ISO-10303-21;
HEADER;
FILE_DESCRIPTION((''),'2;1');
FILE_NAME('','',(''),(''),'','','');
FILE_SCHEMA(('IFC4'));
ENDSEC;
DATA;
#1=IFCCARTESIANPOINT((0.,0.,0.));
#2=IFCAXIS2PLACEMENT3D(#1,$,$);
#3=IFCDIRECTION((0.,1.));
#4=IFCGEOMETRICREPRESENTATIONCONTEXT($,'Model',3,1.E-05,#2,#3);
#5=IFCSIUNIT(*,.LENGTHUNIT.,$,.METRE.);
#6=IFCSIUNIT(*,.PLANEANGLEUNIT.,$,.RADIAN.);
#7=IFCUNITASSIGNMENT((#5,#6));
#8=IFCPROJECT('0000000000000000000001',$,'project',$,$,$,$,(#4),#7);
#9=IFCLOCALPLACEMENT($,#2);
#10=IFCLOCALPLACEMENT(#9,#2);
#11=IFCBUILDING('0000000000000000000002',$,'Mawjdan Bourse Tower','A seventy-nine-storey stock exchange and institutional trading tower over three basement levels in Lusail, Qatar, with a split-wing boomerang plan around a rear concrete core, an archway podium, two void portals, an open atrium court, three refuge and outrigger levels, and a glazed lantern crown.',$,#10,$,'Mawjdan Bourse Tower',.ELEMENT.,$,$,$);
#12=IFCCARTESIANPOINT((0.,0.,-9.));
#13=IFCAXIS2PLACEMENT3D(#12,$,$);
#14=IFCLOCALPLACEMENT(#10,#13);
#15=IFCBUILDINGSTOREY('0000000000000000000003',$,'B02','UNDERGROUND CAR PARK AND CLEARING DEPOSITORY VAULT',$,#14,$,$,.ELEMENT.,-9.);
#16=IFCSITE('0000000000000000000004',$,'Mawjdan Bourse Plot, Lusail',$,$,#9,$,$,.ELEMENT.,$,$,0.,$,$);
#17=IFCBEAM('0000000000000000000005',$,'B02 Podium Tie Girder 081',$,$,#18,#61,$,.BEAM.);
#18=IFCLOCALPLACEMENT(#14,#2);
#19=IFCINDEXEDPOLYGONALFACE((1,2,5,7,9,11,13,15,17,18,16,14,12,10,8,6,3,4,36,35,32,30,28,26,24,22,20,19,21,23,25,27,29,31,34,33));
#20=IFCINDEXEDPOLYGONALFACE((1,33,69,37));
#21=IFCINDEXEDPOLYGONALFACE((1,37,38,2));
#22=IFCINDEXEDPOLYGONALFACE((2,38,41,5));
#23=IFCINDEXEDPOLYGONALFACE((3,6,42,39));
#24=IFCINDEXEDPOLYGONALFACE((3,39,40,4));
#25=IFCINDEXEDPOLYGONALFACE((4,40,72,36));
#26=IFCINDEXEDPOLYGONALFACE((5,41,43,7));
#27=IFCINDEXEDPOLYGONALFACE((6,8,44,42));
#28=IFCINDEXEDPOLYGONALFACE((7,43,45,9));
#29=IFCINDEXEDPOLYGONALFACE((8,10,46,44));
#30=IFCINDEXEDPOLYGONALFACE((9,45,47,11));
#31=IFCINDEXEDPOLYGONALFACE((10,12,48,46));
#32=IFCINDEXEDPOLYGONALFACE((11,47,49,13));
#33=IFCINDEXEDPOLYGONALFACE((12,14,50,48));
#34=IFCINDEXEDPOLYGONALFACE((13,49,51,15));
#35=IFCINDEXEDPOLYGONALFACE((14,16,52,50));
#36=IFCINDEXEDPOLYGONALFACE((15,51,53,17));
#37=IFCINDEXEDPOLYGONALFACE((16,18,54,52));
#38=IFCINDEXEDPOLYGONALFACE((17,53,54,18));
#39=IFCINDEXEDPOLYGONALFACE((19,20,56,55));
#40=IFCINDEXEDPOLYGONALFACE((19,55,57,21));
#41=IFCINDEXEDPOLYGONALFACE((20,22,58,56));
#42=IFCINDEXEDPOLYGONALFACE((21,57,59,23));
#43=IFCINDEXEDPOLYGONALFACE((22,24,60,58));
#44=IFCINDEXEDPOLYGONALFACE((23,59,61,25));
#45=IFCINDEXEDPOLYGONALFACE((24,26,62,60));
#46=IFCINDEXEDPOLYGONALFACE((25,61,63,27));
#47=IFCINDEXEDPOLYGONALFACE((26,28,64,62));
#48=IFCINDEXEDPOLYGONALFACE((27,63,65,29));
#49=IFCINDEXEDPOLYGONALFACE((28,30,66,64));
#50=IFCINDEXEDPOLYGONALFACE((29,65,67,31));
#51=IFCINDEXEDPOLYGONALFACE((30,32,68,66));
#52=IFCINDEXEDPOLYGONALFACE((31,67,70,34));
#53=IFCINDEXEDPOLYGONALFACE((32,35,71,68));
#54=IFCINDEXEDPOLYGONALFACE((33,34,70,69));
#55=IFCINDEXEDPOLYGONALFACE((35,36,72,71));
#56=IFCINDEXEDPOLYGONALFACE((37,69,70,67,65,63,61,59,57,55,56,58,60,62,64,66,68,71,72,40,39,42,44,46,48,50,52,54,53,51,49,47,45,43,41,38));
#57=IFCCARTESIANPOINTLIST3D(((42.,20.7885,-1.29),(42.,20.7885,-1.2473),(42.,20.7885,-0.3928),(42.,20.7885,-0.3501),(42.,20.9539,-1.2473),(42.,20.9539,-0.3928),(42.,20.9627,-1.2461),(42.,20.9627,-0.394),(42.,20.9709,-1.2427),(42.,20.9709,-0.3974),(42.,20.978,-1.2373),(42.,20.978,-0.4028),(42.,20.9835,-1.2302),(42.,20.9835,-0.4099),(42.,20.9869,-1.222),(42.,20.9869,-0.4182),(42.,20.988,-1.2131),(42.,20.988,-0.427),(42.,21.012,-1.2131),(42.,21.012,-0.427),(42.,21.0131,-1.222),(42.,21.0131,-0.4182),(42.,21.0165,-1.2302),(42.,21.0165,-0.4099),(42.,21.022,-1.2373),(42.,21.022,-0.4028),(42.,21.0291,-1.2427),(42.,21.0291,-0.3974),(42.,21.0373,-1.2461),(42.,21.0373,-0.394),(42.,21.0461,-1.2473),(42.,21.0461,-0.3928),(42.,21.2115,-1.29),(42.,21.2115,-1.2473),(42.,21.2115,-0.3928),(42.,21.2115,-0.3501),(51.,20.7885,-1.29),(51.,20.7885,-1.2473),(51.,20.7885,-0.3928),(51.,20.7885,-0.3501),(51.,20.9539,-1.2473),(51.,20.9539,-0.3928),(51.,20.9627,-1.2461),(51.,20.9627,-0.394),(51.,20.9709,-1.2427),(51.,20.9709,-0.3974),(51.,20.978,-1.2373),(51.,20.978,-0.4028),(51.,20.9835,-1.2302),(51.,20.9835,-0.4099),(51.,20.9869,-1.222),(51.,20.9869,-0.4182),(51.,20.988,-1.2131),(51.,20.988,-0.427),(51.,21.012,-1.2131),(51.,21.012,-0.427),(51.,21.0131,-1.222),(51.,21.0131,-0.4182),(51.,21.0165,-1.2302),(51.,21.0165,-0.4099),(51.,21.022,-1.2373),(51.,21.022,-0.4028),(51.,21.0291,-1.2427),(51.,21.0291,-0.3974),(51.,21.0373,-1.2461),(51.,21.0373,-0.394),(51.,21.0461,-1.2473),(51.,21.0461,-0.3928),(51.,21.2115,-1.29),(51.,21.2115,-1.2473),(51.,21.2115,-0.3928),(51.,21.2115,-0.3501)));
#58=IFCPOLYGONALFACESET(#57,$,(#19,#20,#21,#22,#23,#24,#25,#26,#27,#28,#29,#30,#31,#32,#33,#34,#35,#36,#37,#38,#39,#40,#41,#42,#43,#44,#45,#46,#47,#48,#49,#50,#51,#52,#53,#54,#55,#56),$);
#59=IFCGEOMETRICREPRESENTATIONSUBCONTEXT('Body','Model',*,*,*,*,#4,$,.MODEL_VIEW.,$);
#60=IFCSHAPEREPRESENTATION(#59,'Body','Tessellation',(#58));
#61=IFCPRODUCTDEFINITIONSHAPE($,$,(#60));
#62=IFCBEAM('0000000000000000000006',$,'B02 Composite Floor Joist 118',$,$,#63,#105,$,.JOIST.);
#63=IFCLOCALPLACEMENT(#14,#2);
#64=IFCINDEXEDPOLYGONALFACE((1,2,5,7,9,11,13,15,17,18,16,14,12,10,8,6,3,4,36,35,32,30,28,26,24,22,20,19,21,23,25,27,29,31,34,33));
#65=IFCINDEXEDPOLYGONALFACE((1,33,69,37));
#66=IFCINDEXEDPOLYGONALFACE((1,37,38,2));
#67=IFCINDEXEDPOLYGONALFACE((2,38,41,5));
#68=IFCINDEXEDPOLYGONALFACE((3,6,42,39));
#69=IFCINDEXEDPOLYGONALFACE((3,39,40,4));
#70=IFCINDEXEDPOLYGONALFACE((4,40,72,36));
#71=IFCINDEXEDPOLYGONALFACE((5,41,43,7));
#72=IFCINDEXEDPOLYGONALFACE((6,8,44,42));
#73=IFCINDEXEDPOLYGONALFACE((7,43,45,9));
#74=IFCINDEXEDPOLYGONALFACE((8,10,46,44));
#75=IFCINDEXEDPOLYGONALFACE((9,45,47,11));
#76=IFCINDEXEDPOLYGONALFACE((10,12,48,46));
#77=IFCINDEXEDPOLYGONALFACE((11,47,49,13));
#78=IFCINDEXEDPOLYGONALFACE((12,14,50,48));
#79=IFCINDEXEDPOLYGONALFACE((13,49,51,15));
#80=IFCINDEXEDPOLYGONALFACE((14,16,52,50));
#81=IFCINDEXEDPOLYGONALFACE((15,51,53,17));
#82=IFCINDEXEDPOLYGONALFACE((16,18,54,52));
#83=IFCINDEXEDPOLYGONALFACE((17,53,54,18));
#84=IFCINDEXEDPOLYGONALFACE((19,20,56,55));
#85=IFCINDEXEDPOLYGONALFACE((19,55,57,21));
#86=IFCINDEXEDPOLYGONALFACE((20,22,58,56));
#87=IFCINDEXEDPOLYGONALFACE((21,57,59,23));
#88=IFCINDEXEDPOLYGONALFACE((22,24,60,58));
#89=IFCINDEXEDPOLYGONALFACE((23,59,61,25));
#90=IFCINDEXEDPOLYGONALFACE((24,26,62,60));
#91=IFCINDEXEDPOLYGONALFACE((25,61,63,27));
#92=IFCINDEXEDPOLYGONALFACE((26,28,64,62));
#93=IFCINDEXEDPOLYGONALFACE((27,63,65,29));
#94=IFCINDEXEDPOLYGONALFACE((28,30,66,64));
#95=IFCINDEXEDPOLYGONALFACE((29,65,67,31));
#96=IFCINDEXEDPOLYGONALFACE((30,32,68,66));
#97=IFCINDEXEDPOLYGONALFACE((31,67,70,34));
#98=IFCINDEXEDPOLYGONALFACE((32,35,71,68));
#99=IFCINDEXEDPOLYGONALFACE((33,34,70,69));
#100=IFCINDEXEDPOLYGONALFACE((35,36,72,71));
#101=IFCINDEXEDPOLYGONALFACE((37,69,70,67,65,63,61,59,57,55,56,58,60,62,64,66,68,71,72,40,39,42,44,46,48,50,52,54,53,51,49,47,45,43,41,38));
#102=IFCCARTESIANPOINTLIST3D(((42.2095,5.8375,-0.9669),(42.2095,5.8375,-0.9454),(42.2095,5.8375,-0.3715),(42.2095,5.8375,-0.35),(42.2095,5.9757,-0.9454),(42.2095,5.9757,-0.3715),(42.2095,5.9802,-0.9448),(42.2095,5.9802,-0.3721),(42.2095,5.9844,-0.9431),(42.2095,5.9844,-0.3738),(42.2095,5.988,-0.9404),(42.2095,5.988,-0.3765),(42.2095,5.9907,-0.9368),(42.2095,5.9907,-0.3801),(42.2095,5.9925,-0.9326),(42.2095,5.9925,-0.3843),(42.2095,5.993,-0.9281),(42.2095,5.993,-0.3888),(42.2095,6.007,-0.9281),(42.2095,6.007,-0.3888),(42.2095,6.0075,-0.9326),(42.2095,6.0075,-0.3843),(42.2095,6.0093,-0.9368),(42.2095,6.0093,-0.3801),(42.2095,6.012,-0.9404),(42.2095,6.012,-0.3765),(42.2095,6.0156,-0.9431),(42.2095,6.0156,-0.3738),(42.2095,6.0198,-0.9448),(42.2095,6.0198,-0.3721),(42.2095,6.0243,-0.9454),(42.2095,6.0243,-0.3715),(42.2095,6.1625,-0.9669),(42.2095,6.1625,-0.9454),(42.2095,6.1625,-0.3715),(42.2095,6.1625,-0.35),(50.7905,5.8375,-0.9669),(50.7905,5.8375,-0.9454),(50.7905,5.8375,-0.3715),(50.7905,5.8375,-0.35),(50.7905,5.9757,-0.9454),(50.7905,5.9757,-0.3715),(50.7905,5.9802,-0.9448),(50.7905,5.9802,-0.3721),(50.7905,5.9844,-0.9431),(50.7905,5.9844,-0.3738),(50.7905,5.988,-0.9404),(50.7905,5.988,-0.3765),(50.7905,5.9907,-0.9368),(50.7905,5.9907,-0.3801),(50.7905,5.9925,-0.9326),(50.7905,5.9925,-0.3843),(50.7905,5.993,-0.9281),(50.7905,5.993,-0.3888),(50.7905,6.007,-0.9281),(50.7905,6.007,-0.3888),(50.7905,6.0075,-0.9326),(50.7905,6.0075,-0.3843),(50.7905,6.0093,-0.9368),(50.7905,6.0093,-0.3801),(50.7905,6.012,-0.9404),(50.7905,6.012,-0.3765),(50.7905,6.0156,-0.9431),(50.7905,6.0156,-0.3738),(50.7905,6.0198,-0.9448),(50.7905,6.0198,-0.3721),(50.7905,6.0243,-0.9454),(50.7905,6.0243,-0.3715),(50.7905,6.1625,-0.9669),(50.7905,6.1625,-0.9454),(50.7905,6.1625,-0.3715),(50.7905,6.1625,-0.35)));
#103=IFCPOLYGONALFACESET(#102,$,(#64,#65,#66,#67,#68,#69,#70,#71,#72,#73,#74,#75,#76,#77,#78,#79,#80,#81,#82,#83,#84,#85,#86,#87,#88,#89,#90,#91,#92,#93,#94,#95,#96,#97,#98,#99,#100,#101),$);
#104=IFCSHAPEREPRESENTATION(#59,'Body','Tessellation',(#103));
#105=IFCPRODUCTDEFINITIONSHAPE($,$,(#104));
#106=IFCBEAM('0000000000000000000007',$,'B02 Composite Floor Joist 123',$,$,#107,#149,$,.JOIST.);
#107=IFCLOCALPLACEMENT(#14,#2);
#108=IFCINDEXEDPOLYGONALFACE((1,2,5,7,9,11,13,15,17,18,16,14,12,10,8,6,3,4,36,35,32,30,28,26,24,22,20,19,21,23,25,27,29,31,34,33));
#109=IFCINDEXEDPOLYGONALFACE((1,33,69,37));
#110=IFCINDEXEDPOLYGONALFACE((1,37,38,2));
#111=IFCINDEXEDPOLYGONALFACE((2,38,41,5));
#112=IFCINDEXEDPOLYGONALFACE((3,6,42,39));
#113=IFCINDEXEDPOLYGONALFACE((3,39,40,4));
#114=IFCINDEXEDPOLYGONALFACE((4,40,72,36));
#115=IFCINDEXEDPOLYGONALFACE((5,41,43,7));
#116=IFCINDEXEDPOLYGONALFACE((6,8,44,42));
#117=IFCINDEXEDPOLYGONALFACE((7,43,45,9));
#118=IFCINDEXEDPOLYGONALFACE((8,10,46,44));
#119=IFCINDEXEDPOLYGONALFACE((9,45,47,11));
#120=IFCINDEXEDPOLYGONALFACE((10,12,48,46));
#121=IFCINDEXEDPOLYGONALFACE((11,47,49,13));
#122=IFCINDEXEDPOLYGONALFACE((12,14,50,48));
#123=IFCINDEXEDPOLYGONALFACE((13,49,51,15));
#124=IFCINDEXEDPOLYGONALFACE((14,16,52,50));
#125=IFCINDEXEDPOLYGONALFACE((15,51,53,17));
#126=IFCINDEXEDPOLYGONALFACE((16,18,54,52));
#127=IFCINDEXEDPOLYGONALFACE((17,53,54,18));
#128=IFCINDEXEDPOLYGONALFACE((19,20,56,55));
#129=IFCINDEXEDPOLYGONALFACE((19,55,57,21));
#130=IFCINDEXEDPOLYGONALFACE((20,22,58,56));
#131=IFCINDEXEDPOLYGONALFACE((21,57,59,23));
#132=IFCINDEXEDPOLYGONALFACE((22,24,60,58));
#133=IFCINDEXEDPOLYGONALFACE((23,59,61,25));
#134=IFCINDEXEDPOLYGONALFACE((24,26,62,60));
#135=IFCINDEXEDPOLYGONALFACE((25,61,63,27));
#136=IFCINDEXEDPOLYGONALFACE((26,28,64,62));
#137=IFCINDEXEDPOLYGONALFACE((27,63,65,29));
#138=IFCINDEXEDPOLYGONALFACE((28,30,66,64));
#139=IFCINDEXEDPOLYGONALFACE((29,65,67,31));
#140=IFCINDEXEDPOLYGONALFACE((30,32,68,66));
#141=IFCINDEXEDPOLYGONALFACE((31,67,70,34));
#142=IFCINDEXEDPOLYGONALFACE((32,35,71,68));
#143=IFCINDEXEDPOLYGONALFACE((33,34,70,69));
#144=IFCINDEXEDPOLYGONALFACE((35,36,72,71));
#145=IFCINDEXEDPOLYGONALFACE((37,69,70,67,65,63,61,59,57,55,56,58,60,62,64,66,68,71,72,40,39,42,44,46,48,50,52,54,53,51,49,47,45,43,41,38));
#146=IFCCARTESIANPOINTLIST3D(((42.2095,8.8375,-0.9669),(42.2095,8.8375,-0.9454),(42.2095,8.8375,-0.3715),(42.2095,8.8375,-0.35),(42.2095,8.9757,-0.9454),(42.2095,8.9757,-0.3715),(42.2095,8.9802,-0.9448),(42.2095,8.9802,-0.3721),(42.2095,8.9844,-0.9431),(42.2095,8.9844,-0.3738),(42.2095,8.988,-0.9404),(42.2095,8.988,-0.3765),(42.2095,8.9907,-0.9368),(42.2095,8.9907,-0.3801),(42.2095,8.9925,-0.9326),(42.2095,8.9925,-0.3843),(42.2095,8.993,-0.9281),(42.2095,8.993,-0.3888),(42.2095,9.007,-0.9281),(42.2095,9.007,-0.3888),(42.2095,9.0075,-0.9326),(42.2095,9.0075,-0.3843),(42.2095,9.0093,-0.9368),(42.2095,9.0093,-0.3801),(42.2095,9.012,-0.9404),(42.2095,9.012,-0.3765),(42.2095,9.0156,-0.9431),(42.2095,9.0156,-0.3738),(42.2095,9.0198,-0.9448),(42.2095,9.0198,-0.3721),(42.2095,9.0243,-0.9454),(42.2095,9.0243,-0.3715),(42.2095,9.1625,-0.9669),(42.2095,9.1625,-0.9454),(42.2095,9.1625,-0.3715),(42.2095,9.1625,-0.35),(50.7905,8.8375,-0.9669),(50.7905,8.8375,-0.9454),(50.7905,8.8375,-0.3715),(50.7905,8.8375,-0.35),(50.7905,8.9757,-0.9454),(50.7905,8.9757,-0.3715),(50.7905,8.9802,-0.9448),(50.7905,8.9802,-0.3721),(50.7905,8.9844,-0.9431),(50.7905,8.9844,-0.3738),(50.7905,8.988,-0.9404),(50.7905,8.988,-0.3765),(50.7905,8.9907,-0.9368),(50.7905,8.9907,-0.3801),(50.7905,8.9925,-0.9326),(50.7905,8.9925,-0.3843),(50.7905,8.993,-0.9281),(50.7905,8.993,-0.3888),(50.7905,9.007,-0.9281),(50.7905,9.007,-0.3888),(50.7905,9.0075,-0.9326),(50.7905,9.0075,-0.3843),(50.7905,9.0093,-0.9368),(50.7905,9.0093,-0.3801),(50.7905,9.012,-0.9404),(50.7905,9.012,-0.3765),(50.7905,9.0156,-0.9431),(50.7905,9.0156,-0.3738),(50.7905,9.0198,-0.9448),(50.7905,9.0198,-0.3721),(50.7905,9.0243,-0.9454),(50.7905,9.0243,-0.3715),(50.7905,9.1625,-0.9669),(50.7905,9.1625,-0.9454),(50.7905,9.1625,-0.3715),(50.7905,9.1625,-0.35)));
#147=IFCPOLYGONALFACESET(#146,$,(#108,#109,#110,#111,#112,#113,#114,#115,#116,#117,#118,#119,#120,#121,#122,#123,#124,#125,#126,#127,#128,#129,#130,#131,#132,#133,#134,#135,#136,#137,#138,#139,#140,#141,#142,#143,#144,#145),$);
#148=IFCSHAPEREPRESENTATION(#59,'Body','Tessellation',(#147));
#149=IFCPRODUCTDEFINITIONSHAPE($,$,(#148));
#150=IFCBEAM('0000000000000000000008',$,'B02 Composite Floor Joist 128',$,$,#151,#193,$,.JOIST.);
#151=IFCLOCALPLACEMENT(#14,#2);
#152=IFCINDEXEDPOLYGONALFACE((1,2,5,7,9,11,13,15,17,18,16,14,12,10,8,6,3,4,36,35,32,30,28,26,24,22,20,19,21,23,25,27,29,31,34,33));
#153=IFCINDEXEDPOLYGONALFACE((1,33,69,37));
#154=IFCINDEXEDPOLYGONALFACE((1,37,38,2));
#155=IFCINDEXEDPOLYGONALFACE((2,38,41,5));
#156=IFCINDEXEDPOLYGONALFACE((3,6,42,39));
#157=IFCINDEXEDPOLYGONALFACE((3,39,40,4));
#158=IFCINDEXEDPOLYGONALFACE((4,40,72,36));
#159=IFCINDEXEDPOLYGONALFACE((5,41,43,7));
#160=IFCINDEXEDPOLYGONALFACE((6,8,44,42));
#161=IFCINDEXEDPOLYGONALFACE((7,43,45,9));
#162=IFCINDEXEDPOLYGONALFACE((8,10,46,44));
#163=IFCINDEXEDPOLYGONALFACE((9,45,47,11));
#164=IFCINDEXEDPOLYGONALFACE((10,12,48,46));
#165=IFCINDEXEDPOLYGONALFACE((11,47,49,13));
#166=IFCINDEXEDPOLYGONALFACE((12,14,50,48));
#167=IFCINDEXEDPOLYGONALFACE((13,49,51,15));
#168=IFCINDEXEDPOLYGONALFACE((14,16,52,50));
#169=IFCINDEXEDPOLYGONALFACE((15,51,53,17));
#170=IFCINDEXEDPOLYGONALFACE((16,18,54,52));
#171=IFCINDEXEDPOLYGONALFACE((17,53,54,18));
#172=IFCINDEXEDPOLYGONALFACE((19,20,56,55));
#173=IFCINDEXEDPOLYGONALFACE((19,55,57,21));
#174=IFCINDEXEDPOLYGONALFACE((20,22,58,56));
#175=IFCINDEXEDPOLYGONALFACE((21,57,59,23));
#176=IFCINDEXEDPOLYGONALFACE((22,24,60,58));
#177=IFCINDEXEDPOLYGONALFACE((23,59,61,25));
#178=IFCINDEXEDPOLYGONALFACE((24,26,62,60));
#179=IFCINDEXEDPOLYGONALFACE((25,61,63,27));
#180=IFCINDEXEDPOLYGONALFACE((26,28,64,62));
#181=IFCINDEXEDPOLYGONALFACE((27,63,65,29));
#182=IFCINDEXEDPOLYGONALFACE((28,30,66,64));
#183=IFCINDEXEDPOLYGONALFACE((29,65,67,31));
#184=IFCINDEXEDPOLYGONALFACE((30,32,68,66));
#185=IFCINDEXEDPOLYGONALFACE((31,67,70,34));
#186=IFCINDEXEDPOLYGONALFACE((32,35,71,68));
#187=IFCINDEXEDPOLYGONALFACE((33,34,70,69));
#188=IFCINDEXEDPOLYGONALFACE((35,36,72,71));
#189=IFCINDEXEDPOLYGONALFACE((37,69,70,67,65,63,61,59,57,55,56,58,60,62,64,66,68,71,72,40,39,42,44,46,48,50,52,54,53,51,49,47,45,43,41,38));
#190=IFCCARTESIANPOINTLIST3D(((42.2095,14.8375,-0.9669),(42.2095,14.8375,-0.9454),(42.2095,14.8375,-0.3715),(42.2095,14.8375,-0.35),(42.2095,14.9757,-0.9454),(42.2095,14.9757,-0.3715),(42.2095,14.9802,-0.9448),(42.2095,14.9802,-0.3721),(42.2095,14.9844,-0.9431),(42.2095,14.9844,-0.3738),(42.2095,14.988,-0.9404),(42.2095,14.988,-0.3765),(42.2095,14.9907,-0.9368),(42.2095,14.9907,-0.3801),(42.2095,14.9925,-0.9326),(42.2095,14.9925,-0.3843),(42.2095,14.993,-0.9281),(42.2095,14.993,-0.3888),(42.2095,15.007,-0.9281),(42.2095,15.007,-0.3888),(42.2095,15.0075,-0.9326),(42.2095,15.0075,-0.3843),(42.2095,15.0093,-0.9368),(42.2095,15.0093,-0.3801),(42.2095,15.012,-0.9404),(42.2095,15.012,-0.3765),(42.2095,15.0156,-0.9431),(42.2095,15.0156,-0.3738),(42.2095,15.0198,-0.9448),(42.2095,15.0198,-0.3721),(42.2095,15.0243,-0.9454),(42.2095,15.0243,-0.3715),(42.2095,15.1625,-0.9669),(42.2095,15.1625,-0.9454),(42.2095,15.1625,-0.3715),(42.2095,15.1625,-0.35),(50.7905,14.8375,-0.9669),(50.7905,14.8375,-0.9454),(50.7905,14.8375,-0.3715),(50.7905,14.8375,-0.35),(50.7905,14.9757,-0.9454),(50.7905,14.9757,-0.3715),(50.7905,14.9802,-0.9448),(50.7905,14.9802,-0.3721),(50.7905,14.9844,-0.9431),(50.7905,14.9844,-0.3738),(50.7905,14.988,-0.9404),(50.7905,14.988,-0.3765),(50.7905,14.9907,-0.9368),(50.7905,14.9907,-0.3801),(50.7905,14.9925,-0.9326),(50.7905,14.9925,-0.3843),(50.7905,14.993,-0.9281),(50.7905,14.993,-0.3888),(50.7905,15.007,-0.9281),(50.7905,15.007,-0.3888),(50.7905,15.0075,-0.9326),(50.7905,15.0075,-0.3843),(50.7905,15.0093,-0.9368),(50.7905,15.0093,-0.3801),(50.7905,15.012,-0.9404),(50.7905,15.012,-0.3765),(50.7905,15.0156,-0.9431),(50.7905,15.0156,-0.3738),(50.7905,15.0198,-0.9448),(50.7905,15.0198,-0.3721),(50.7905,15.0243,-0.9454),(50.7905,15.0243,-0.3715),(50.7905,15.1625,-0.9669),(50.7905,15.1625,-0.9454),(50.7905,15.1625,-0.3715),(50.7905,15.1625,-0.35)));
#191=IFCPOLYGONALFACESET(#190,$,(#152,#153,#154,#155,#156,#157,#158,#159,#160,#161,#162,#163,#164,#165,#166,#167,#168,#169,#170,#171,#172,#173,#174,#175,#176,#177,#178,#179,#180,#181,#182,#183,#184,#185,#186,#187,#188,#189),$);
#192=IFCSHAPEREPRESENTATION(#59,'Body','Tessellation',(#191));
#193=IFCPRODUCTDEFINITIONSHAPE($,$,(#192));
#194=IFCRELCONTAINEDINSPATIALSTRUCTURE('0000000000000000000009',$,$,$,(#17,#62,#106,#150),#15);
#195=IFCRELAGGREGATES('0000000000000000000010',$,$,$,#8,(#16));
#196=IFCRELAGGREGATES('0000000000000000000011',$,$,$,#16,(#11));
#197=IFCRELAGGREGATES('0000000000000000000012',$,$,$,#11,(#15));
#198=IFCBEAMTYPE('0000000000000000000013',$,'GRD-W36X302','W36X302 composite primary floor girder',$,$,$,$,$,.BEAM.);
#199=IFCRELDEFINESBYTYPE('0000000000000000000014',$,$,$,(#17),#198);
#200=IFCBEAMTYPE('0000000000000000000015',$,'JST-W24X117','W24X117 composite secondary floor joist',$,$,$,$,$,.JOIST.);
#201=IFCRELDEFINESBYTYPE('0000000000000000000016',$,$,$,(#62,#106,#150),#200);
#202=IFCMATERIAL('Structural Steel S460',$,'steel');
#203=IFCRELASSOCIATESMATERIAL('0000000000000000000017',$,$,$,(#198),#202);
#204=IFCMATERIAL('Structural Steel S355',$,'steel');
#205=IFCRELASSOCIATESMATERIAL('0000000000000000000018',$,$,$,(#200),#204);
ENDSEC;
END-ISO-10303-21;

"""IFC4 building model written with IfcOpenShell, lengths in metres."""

from ifc_helpers import new_model, si_unit, direction, frame, origin, origin_2d, place, context, subcontext, project, spatial, i_section, extrude, material, material_profile, profile_set, type_object, element, save


model = new_model("IFC4")

# Units and contexts
model_context = context("Model", 3, precision=1e-05, world=origin(), true_north=direction((0.0, 1.0)))
body_context = subcontext(model_context, "Body", "Model", "MODEL_VIEW")
ifc_project = project(units=[si_unit("LENGTHUNIT", "METRE"), si_unit("PLANEANGLEUNIT", "RADIAN")], contexts=[model_context])

# Site, building, storey
site_placement = place(None, origin())
site = spatial("IfcSite", under=ifc_project, at=site_placement, Name="Mawjdan Bourse Plot, Lusail", CompositionType="ELEMENT", RefElevation=0.0)
building_placement = place(site_placement, origin())
building = spatial("IfcBuilding", under=site, at=building_placement, Name="Mawjdan Bourse Tower", Description="A seventy-nine-storey stock exchange and institutional trading tower over three basement levels in Lusail, Qatar, with a split-wing boomerang plan around a rear concrete core, an archway podium, two void portals, an open atrium court, three refuge and outrigger levels, and a glazed lantern crown.", LongName="Mawjdan Bourse Tower", CompositionType="ELEMENT")
storey_placement = place(building_placement, frame((0.0, 0.0, -9.0)))
storey = spatial("IfcBuildingStorey", under=building, at=storey_placement, Name="B02", Description="UNDERGROUND CAR PARK AND CLEARING DEPOSITORY VAULT", CompositionType="ELEMENT", Elevation=-9.0)

# Beams
ifc_material_1 = material(Name="Structural Steel S460", Category="steel")
ifc_material_profile_1 = material_profile(ifc_material_1, i_section(OverallWidth=0.4231, OverallDepth=0.9399, WebThickness=0.0239, FlangeThickness=0.0427, FilletRadius=0.0342, at=origin_2d()), Name="W36X302")
ifc_profile_set_1 = profile_set([ifc_material_profile_1], Name="Structural Steel S460")
beam_type_1 = type_object("IfcBeamType", Name="GRD-W36X302", Description="W36X302 composite primary floor girder", PredefinedType="BEAM", material=ifc_profile_set_1)
beam_1_placement = place(storey_placement, frame((42.0, 21.0, -0.8201), z_axis=(1.0, 0.0, 0.0), x_axis=(0.0, 1.0, 0.0)))
element("IfcBeam", 1, at=beam_1_placement, inside=storey, type_object=beam_type_1, Name="B02 Podium Tie Girder 081", PredefinedType="BEAM", context=body_context, shape_type="SweptSolid", body=[
    extrude(i_section(OverallWidth=0.4231, OverallDepth=0.9399, WebThickness=0.0239, FlangeThickness=0.0427, FilletRadius=0.0342, at=origin_2d()), origin(), (0.0, 0.0, 1.0), 9.0),
])
ifc_material_2 = material(Name="Structural Steel S355", Category="steel")
ifc_material_profile_2 = material_profile(ifc_material_2, i_section(OverallWidth=0.325, OverallDepth=0.6169, WebThickness=0.0139, FlangeThickness=0.0215, FilletRadius=0.0173, at=origin_2d()), Name="W24X117")
ifc_profile_set_2 = profile_set([ifc_material_profile_2], Name="Structural Steel S355")
beam_type_2 = type_object("IfcBeamType", Name="JST-W24X117", Description="W24X117 composite secondary floor joist", PredefinedType="JOIST", material=ifc_profile_set_2)
for number, where, z_axis, x_axis, name in (
    (2, (42.2095, 6.0, -0.6584), (1.0, 0.0, 0.0), (0.0, 1.0, 0.0), "B02 Composite Floor Joist 118"),
    (3, (42.2095, 9.0, -0.6584), (1.0, 0.0, 0.0), (0.0, 1.0, 0.0), "B02 Composite Floor Joist 123"),
    (4, (42.2095, 15.0, -0.6584), (1.0, 0.0, 0.0), (0.0, 1.0, 0.0), "B02 Composite Floor Joist 128"),
):
    element("IfcBeam", number, at=place(storey_placement, frame(where, z_axis=z_axis, x_axis=x_axis)), inside=storey, type_object=beam_type_2, Name=name, PredefinedType="JOIST", context=body_context, shape_type="SweptSolid", body=[
        extrude(i_section(OverallWidth=0.325, OverallDepth=0.6169, WebThickness=0.0139, FlangeThickness=0.0215, FilletRadius=0.0173, at=origin_2d()), origin(), (0.0, 0.0, 1.0), 8.5811),
    ])

save(model, "model.ifc")
